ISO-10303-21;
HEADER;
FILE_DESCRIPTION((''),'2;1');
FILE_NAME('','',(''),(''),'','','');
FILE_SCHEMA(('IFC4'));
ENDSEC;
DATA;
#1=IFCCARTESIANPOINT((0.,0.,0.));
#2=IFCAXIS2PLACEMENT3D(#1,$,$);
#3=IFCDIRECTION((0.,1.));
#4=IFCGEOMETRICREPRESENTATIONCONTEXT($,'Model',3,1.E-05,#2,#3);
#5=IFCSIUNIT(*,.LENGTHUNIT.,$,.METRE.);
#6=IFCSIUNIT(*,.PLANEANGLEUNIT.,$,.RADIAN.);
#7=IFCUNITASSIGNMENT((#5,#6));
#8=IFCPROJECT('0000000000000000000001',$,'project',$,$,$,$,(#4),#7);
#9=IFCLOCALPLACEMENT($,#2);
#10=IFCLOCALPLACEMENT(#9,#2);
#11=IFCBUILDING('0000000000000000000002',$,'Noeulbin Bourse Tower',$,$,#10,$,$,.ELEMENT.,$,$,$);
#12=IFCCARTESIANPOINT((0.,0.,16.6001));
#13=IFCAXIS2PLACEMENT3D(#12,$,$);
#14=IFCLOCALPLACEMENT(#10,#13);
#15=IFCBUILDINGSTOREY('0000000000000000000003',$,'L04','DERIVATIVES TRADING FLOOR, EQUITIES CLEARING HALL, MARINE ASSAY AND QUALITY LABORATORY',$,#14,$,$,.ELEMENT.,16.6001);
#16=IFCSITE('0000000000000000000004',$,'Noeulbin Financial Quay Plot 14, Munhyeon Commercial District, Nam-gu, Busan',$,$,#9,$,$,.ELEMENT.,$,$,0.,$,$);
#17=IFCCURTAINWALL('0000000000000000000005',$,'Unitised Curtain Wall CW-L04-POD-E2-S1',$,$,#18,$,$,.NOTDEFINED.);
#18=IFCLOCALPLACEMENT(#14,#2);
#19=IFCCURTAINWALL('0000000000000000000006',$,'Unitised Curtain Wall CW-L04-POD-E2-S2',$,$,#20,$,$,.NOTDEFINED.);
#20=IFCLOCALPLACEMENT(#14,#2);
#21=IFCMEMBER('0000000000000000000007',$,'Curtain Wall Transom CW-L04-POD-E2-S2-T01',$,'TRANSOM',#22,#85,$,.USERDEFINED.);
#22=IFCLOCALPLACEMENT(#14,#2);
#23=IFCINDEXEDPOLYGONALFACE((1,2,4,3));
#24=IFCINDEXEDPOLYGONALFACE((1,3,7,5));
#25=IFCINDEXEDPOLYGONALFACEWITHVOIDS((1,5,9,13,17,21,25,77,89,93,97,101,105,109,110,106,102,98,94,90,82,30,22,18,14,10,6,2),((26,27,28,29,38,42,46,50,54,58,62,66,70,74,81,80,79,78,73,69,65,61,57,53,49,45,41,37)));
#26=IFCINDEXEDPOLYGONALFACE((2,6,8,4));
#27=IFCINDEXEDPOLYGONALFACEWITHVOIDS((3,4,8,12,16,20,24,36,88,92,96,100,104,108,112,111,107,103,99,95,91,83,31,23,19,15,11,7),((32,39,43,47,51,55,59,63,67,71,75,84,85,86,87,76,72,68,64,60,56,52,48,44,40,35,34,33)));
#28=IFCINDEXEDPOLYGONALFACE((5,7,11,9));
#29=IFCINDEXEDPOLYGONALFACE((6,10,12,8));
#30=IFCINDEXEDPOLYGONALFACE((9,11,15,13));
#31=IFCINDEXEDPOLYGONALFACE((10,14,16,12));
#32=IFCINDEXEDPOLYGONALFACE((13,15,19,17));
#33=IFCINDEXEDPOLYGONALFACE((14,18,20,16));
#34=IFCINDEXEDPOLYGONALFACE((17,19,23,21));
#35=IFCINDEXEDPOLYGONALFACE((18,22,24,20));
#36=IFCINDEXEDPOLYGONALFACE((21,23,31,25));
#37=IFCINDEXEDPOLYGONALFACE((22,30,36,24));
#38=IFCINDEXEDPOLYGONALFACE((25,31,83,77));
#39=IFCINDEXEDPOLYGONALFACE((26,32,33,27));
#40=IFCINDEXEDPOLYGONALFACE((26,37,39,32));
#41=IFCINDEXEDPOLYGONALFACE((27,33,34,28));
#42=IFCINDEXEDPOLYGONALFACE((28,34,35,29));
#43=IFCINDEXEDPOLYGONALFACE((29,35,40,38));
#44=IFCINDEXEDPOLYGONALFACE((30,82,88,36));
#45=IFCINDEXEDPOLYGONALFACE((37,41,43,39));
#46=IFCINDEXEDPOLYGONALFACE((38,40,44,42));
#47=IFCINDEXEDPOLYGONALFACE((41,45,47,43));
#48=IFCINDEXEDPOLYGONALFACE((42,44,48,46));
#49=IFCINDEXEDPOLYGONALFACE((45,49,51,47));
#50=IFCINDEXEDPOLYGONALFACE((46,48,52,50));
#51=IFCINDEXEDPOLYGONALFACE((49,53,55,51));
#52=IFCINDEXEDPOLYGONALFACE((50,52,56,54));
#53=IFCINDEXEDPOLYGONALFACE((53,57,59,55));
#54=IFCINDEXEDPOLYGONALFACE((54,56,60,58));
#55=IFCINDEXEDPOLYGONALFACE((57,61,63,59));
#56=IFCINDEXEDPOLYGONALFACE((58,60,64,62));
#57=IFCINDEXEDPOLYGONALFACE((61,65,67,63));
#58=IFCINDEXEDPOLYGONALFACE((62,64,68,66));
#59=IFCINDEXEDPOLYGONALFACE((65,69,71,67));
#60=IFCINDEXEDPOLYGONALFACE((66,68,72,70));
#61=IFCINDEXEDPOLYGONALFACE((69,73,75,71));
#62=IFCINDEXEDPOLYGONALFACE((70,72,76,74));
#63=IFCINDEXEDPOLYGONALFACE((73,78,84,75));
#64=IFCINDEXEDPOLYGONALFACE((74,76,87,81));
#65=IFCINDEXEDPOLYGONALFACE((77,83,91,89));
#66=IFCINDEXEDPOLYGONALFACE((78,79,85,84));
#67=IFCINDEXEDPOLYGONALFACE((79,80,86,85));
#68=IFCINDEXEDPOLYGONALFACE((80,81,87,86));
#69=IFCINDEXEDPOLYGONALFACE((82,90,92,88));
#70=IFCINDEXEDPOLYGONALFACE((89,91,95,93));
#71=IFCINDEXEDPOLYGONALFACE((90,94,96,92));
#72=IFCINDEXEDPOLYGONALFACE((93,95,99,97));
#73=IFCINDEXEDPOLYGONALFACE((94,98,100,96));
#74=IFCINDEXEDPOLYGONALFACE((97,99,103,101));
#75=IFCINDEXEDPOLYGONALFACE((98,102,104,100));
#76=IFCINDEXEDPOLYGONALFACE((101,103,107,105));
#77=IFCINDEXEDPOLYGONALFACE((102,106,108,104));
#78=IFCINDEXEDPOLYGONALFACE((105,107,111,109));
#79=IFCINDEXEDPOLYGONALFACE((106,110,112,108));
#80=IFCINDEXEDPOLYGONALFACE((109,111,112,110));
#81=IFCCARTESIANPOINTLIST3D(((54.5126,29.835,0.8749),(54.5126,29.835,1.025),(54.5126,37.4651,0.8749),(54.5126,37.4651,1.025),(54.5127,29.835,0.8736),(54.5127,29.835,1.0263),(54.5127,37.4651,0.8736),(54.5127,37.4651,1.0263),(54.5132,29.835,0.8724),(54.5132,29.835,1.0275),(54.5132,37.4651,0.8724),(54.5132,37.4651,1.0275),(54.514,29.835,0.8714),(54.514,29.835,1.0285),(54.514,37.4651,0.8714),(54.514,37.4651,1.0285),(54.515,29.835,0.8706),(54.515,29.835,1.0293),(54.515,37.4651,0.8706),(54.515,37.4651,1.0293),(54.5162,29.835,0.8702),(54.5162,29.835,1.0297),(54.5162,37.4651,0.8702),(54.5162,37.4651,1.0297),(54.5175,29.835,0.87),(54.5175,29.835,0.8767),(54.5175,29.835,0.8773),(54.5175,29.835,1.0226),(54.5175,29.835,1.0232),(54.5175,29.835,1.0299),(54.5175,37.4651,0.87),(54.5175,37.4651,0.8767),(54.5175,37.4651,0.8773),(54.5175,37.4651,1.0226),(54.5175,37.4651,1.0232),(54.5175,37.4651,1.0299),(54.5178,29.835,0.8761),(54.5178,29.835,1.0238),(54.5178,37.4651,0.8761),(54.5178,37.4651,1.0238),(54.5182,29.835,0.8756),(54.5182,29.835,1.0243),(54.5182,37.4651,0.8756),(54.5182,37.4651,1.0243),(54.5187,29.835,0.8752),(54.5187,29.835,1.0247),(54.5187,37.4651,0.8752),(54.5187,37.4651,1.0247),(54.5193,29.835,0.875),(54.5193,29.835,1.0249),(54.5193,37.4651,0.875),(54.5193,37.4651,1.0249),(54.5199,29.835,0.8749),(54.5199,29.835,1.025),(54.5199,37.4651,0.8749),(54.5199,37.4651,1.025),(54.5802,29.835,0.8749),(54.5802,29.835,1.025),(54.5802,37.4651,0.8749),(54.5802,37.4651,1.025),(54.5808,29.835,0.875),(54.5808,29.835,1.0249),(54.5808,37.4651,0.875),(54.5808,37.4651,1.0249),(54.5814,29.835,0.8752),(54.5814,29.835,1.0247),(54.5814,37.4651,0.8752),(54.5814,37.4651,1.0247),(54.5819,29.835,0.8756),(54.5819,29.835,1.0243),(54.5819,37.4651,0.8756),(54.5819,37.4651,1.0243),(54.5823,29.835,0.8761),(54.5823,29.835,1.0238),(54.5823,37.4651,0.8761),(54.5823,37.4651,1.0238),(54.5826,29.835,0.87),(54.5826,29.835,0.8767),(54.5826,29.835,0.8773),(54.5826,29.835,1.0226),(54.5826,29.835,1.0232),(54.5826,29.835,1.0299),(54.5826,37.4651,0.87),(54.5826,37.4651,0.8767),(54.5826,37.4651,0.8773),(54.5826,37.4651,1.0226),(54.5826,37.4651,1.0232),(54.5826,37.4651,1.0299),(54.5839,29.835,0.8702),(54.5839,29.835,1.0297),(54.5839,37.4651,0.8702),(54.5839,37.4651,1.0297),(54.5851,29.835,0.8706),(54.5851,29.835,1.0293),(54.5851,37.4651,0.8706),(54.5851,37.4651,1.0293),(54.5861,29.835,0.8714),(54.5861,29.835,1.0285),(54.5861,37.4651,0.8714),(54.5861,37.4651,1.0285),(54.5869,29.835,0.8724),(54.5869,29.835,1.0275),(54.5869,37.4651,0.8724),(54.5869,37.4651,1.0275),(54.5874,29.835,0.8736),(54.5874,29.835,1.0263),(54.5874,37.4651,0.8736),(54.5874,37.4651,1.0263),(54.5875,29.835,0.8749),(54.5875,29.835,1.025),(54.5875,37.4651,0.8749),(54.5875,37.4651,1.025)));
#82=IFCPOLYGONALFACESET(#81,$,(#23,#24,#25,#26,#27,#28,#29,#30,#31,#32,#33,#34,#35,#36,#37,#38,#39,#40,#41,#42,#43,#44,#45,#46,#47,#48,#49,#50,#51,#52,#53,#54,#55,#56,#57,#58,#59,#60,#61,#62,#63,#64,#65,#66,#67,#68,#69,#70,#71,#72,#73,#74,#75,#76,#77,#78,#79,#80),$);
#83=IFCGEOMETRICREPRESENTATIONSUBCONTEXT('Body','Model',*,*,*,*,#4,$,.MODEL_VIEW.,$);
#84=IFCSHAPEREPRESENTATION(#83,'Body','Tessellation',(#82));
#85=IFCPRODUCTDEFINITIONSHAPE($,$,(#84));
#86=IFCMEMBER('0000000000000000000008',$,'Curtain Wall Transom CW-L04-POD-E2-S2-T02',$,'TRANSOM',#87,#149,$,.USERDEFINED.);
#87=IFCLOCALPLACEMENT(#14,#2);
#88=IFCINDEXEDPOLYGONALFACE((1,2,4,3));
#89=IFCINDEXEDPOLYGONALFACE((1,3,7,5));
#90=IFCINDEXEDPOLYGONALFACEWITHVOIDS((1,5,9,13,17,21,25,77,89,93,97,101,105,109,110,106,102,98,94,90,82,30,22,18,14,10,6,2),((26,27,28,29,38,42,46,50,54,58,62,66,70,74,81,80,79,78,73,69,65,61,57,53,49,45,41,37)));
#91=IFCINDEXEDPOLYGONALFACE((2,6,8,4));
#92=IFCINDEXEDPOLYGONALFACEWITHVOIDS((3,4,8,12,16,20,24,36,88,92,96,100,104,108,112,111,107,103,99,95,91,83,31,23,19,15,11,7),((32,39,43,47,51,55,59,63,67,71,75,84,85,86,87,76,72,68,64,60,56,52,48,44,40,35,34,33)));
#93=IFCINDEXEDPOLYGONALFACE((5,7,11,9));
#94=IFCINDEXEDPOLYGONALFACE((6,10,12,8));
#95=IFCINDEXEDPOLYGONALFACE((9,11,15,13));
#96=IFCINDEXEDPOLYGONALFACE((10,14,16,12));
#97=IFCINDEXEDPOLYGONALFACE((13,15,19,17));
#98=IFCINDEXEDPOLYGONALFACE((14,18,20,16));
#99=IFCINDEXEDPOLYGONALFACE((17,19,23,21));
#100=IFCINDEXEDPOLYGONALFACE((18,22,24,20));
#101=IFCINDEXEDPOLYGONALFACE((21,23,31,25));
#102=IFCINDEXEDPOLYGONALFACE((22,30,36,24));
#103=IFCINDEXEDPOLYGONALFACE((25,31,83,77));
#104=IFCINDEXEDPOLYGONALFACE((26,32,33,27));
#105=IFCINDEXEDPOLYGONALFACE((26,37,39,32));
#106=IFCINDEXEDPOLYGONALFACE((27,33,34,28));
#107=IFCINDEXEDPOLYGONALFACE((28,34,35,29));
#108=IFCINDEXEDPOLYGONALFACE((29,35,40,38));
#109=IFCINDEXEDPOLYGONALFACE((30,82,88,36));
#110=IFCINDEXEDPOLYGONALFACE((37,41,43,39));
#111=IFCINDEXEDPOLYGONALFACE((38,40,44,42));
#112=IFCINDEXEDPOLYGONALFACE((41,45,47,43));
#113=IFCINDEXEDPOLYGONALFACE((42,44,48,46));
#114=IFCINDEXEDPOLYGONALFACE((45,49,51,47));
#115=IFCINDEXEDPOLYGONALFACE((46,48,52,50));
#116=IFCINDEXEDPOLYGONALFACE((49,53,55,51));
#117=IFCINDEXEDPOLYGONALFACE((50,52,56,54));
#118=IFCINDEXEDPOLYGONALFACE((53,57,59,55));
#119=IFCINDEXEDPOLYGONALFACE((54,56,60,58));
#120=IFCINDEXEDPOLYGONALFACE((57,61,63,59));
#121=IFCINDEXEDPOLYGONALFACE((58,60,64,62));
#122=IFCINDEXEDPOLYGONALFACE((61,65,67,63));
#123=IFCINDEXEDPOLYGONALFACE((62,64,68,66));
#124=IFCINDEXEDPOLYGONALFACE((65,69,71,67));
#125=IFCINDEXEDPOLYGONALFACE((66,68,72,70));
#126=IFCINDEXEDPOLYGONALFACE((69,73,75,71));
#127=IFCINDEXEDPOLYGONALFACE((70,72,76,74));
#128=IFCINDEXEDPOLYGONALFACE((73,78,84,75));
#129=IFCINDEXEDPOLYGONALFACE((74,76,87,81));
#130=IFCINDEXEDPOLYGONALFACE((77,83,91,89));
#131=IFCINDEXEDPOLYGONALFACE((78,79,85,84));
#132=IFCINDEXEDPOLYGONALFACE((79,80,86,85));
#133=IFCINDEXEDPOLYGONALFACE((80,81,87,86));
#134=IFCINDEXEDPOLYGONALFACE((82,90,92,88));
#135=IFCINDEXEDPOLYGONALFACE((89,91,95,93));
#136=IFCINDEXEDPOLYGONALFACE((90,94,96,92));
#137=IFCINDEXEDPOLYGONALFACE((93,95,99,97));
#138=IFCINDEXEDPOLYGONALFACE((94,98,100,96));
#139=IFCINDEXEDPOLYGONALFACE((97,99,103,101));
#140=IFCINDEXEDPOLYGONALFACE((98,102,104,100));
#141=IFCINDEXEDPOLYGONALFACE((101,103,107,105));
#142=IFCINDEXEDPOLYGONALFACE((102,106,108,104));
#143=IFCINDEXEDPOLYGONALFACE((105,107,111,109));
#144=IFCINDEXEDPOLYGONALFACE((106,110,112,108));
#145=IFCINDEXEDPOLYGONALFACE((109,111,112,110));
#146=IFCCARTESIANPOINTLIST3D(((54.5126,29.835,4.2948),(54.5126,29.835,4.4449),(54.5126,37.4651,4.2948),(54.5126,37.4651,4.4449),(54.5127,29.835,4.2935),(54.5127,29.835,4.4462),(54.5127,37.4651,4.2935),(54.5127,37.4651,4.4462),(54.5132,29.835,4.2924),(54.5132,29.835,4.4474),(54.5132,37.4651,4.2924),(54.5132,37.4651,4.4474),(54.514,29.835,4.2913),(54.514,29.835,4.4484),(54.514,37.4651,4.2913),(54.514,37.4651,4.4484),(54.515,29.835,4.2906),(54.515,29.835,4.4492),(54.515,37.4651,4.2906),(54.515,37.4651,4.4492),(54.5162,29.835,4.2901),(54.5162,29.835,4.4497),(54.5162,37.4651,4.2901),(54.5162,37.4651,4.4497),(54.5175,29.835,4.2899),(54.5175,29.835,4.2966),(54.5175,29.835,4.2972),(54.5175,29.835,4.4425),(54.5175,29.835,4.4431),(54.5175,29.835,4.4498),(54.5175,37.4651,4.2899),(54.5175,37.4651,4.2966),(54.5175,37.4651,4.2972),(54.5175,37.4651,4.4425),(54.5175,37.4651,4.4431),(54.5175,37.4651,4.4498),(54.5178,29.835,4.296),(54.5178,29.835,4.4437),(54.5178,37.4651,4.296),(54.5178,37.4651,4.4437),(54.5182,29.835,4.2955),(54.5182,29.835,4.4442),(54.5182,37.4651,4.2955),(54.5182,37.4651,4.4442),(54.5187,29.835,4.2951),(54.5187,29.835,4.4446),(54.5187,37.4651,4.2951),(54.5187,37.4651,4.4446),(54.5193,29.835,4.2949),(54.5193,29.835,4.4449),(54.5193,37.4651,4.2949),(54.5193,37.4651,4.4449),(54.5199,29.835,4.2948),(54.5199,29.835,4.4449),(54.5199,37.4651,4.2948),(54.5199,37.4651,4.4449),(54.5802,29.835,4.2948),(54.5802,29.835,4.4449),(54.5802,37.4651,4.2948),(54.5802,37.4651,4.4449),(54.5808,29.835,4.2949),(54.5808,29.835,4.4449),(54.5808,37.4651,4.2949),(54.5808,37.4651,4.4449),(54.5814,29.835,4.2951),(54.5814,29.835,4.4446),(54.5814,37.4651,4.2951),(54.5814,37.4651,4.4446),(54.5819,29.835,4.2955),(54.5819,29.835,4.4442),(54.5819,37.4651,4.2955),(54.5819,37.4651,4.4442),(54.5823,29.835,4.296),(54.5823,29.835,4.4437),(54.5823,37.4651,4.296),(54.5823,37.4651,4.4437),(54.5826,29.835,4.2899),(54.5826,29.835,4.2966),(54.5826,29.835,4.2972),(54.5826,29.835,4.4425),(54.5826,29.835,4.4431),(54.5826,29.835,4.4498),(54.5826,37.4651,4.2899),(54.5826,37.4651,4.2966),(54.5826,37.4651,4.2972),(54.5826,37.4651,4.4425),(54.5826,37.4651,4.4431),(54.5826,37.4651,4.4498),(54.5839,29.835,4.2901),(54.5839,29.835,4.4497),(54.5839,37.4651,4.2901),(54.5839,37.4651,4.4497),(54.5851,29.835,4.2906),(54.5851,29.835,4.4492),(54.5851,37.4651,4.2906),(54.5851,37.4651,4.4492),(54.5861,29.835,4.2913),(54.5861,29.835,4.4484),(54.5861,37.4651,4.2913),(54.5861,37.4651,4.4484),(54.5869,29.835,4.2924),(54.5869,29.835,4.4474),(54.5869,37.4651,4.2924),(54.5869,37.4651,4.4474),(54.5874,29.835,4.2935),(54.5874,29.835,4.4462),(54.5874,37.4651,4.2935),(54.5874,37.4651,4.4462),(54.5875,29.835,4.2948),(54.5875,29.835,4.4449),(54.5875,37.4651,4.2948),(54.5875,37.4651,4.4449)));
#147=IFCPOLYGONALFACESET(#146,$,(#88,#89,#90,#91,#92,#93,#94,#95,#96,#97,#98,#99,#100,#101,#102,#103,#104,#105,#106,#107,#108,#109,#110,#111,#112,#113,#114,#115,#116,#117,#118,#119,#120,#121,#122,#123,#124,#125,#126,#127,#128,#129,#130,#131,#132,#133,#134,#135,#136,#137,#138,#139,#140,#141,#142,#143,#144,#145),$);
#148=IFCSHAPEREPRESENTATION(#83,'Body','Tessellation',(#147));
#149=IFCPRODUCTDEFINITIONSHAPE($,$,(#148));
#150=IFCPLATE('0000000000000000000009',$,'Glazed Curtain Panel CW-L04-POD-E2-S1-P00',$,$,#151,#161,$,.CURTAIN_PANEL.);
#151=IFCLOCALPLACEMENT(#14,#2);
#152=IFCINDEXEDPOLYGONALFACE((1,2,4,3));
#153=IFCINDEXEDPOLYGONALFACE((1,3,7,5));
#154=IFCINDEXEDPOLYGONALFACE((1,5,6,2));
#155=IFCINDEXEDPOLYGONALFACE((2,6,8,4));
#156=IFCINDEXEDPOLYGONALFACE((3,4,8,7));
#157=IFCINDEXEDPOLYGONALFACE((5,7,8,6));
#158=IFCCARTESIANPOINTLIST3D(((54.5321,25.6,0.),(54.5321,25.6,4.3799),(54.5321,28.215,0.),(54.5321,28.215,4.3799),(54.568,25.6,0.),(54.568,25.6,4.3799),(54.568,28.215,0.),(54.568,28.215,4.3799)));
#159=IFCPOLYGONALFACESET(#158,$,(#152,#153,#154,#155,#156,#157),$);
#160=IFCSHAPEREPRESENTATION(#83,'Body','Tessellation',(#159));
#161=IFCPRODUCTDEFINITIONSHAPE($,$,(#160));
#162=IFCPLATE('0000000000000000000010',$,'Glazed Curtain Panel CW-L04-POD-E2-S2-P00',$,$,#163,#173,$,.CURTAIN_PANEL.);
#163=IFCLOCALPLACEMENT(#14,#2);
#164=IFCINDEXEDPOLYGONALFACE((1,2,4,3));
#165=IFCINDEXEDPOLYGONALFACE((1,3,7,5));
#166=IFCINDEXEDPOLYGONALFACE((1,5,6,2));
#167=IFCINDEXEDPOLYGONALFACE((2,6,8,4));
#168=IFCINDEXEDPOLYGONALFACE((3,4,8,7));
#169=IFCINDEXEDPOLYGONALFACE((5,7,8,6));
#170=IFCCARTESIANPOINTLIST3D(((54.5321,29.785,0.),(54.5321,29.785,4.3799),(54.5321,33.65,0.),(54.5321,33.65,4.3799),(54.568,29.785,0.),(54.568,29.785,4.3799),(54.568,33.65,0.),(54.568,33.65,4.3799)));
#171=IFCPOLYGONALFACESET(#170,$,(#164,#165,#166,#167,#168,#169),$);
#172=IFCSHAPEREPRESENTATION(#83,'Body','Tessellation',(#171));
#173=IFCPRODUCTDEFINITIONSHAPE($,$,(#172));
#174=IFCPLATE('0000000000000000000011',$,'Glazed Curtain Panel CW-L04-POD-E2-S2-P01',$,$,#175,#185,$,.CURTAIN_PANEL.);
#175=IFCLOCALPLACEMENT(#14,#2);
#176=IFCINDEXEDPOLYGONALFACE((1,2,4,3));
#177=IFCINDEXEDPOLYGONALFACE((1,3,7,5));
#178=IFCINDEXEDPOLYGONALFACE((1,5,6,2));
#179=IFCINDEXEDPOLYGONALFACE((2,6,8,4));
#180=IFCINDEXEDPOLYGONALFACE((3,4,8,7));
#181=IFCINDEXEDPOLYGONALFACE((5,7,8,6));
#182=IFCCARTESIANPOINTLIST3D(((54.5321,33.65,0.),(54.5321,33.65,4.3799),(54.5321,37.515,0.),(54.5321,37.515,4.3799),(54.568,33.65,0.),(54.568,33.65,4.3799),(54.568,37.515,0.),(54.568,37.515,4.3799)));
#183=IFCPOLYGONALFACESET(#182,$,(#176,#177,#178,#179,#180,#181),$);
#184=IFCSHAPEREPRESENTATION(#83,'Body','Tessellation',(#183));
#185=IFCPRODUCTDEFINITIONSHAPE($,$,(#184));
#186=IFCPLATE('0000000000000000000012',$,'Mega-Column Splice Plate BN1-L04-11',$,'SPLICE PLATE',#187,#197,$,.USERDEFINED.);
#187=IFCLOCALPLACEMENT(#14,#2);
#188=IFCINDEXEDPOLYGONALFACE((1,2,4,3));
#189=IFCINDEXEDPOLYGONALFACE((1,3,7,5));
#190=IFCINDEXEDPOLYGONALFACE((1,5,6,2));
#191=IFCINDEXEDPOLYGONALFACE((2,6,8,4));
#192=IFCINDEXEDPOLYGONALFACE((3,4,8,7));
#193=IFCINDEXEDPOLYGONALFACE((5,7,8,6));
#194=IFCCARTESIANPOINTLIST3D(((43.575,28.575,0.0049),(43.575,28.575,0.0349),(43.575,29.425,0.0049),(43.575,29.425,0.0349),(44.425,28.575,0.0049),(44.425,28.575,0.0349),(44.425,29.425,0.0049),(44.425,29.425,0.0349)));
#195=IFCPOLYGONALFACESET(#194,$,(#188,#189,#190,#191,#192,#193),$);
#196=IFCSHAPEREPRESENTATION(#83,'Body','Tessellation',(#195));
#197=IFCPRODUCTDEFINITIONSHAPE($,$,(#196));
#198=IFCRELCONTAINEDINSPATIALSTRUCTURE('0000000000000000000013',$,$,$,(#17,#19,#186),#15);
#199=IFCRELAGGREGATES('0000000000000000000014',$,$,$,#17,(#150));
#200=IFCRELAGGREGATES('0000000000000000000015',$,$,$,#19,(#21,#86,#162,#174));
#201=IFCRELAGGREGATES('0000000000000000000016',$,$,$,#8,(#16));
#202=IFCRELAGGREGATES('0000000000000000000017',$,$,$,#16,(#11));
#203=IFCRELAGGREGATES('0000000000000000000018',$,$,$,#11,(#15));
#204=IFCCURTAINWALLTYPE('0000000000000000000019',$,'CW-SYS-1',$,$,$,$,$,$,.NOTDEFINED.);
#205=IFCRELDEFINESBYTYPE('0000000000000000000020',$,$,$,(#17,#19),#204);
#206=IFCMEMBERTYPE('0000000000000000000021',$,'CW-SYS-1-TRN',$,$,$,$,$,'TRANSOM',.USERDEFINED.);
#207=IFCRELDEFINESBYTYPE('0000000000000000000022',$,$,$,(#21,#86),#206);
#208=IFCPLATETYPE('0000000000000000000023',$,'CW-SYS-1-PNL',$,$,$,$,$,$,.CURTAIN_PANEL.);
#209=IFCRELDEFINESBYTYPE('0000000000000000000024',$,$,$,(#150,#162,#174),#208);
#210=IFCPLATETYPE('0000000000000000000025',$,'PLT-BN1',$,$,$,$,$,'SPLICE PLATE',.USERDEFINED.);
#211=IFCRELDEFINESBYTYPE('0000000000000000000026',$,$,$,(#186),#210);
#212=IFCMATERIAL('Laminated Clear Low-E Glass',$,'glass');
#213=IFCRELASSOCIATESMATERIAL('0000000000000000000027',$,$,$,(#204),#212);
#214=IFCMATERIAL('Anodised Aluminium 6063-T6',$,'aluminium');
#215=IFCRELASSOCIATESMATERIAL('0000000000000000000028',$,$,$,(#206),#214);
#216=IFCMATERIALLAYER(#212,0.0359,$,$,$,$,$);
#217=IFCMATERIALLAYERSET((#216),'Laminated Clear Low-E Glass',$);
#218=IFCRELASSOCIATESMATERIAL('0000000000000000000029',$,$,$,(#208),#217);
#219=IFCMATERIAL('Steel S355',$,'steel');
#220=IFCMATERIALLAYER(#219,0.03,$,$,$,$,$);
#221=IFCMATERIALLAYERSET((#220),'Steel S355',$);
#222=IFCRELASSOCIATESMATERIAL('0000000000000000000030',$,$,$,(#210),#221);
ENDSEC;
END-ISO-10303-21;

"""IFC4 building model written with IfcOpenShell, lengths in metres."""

from ifc_helpers import new_model, si_unit, direction, frame, origin, origin_2d, place, context, subcontext, project, spatial, rectangle, hollow_rectangle, extrude, material, layer, layer_set, material_profile, profile_set, type_object, element, aggregate, save


model = new_model("IFC4")

# Units and contexts
model_context = context("Model", 3, precision=1e-05, world=origin(), true_north=direction((0.0, 1.0)))
body_context = subcontext(model_context, "Body", "Model", "MODEL_VIEW")
ifc_project = project(units=[si_unit("LENGTHUNIT", "METRE"), si_unit("PLANEANGLEUNIT", "RADIAN")], contexts=[model_context])

# Site, building, storey
site_placement = place(None, origin())
site = spatial("IfcSite", under=ifc_project, at=site_placement, Name="Noeulbin Financial Quay Plot 14, Munhyeon Commercial District, Nam-gu, Busan", CompositionType="ELEMENT", RefElevation=0.0)
building_placement = place(site_placement, origin())
building = spatial("IfcBuilding", under=site, at=building_placement, Name="Noeulbin Bourse Tower", CompositionType="ELEMENT")
storey_placement = place(building_placement, frame((0.0, 0.0, 16.6001)))
storey = spatial("IfcBuildingStorey", under=building, at=storey_placement, Name="L04", Description="DERIVATIVES TRADING FLOOR, EQUITIES CLEARING HALL, MARINE ASSAY AND QUALITY LABORATORY", CompositionType="ELEMENT", Elevation=16.6001)

# Shared definitions
ifc_material_1 = material(Name="Steel S355", Category="steel")

# Curtain walls
ifc_material_2 = material(Name="Laminated Clear Low-E Glass", Category="glass")
curtain_wall_type = type_object("IfcCurtainWallType", Name="CW-SYS-1", PredefinedType="NOTDEFINED", material=ifc_material_2)
curtain_wall_1_placement = place(storey_placement, origin())
curtain_wall_1 = element("IfcCurtainWall", 1, at=curtain_wall_1_placement, inside=storey, type_object=curtain_wall_type, Name="Unitised Curtain Wall CW-L04-POD-E2-S1", PredefinedType="NOTDEFINED")
ifc_material_3 = material(Name="Anodised Aluminium 6063-T6", Category="aluminium")
curtain_wall_2_placement = place(storey_placement, origin())
curtain_wall_2 = element("IfcCurtainWall", 2, at=curtain_wall_2_placement, inside=storey, type_object=curtain_wall_type, Name="Unitised Curtain Wall CW-L04-POD-E2-S2", PredefinedType="NOTDEFINED")

# Members
ifc_material_profile_1 = material_profile(ifc_material_3, hollow_rectangle(XDim=0.075, YDim=0.1599, WallThickness=0.0049, InnerFilletRadius=0.0024, OuterFilletRadius=0.0049, at=origin_2d()), Name="ALU-TRAN-75x160x5", Category="LoadBearing")
ifc_profile_set_1 = profile_set([ifc_material_profile_1], Name="Anodised Aluminium 6063-T6")
member_type_1 = type_object("IfcMemberType", Name="CW-SYS-1-TRN", ElementType="TRANSOM", PredefinedType="USERDEFINED", material=ifc_profile_set_1)
member_1_placement = place(storey_placement, frame((54.55, 29.835, 0.95), z_axis=(0.0, 1.0, 0.0), x_axis=(-1.0, 0.0, 0.0)))
member_1 = element("IfcMember", 3, at=member_1_placement, type_object=member_type_1, Name="Curtain Wall Transom CW-L04-POD-E2-S2-T01", ObjectType="TRANSOM", PredefinedType="USERDEFINED", context=body_context, shape_type="SweptSolid", body=[
    extrude(hollow_rectangle(XDim=0.075, YDim=0.1599, WallThickness=0.0049, InnerFilletRadius=0.0024, OuterFilletRadius=0.0049, at=origin_2d()), origin(), (0.0, 0.0, 1.0), 7.6301),
])
member_2_placement = place(storey_placement, frame((54.55, 29.835, 4.3699), z_axis=(0.0, 1.0, 0.0), x_axis=(-1.0, 0.0, 0.0)))
member_2 = element("IfcMember", 4, at=member_2_placement, type_object=member_type_1, Name="Curtain Wall Transom CW-L04-POD-E2-S2-T02", ObjectType="TRANSOM", PredefinedType="USERDEFINED", context=body_context, shape_type="SweptSolid", body=[
    extrude(hollow_rectangle(XDim=0.075, YDim=0.1599, WallThickness=0.0049, InnerFilletRadius=0.0024, OuterFilletRadius=0.0049, at=origin_2d()), origin(), (0.0, 0.0, 1.0), 7.6301),
])

# Plates
ifc_layer_1 = layer(ifc_material_2, 0.0359)
ifc_layer_set_1 = layer_set([ifc_layer_1], Name="Laminated Clear Low-E Glass")
plate_type_1 = type_object("IfcPlateType", Name="CW-SYS-1-PNL", PredefinedType="CURTAIN_PANEL", material=ifc_layer_set_1)
plate_1_placement = place(storey_placement, frame((54.55, 26.9075, 0.0), z_axis=(0.0, 0.0, 1.0), x_axis=(0.0, 1.0, 0.0)))
plate_1 = element("IfcPlate", 5, at=plate_1_placement, type_object=plate_type_1, Name="Glazed Curtain Panel CW-L04-POD-E2-S1-P00", PredefinedType="CURTAIN_PANEL", context=body_context, shape_type="SweptSolid", body=[
    extrude(rectangle(XDim=2.615, YDim=0.0359, at=origin_2d()), origin(), (0.0, 0.0, 1.0), 4.3799),
])
aggregate(curtain_wall_1, [plate_1])
plate_2_placement = place(storey_placement, frame((54.55, 31.7175, 0.0), z_axis=(0.0, 0.0, 1.0), x_axis=(0.0, 1.0, 0.0)))
plate_2 = element("IfcPlate", 6, at=plate_2_placement, type_object=plate_type_1, Name="Glazed Curtain Panel CW-L04-POD-E2-S2-P00", PredefinedType="CURTAIN_PANEL", context=body_context, shape_type="SweptSolid", body=[
    extrude(rectangle(XDim=3.865, YDim=0.0359, at=origin_2d()), origin(), (0.0, 0.0, 1.0), 4.3799),
])
plate_3_placement = place(storey_placement, frame((54.55, 35.5825, 0.0), z_axis=(0.0, 0.0, 1.0), x_axis=(0.0, 1.0, 0.0)))
plate_3 = element("IfcPlate", 7, at=plate_3_placement, type_object=plate_type_1, Name="Glazed Curtain Panel CW-L04-POD-E2-S2-P01", PredefinedType="CURTAIN_PANEL", context=body_context, shape_type="SweptSolid", body=[
    extrude(rectangle(XDim=3.865, YDim=0.0359, at=origin_2d()), origin(), (0.0, 0.0, 1.0), 4.3799),
])
aggregate(curtain_wall_2, [member_1, member_2, plate_2, plate_3])
ifc_layer_2 = layer(ifc_material_1, 0.03)
ifc_layer_set_2 = layer_set([ifc_layer_2], Name="Steel S355")
plate_type_2 = type_object("IfcPlateType", Name="PLT-BN1", ElementType="SPLICE PLATE", PredefinedType="USERDEFINED", material=ifc_layer_set_2)
plate_4_placement = place(storey_placement, frame((44.0, 29.0, 0.0049), z_axis=(0.0, 0.0, 1.0), x_axis=(1.0, 0.0, 0.0)))
element("IfcPlate", 8, at=plate_4_placement, inside=storey, type_object=plate_type_2, Name="Mega-Column Splice Plate BN1-L04-11", ObjectType="SPLICE PLATE", PredefinedType="USERDEFINED", context=body_context, shape_type="SweptSolid", body=[
    extrude(rectangle(XDim=0.8501, YDim=0.8501, at=origin_2d()), origin(), (0.0, 0.0, 1.0), 0.03),
])

save(model, "model.ifc")
